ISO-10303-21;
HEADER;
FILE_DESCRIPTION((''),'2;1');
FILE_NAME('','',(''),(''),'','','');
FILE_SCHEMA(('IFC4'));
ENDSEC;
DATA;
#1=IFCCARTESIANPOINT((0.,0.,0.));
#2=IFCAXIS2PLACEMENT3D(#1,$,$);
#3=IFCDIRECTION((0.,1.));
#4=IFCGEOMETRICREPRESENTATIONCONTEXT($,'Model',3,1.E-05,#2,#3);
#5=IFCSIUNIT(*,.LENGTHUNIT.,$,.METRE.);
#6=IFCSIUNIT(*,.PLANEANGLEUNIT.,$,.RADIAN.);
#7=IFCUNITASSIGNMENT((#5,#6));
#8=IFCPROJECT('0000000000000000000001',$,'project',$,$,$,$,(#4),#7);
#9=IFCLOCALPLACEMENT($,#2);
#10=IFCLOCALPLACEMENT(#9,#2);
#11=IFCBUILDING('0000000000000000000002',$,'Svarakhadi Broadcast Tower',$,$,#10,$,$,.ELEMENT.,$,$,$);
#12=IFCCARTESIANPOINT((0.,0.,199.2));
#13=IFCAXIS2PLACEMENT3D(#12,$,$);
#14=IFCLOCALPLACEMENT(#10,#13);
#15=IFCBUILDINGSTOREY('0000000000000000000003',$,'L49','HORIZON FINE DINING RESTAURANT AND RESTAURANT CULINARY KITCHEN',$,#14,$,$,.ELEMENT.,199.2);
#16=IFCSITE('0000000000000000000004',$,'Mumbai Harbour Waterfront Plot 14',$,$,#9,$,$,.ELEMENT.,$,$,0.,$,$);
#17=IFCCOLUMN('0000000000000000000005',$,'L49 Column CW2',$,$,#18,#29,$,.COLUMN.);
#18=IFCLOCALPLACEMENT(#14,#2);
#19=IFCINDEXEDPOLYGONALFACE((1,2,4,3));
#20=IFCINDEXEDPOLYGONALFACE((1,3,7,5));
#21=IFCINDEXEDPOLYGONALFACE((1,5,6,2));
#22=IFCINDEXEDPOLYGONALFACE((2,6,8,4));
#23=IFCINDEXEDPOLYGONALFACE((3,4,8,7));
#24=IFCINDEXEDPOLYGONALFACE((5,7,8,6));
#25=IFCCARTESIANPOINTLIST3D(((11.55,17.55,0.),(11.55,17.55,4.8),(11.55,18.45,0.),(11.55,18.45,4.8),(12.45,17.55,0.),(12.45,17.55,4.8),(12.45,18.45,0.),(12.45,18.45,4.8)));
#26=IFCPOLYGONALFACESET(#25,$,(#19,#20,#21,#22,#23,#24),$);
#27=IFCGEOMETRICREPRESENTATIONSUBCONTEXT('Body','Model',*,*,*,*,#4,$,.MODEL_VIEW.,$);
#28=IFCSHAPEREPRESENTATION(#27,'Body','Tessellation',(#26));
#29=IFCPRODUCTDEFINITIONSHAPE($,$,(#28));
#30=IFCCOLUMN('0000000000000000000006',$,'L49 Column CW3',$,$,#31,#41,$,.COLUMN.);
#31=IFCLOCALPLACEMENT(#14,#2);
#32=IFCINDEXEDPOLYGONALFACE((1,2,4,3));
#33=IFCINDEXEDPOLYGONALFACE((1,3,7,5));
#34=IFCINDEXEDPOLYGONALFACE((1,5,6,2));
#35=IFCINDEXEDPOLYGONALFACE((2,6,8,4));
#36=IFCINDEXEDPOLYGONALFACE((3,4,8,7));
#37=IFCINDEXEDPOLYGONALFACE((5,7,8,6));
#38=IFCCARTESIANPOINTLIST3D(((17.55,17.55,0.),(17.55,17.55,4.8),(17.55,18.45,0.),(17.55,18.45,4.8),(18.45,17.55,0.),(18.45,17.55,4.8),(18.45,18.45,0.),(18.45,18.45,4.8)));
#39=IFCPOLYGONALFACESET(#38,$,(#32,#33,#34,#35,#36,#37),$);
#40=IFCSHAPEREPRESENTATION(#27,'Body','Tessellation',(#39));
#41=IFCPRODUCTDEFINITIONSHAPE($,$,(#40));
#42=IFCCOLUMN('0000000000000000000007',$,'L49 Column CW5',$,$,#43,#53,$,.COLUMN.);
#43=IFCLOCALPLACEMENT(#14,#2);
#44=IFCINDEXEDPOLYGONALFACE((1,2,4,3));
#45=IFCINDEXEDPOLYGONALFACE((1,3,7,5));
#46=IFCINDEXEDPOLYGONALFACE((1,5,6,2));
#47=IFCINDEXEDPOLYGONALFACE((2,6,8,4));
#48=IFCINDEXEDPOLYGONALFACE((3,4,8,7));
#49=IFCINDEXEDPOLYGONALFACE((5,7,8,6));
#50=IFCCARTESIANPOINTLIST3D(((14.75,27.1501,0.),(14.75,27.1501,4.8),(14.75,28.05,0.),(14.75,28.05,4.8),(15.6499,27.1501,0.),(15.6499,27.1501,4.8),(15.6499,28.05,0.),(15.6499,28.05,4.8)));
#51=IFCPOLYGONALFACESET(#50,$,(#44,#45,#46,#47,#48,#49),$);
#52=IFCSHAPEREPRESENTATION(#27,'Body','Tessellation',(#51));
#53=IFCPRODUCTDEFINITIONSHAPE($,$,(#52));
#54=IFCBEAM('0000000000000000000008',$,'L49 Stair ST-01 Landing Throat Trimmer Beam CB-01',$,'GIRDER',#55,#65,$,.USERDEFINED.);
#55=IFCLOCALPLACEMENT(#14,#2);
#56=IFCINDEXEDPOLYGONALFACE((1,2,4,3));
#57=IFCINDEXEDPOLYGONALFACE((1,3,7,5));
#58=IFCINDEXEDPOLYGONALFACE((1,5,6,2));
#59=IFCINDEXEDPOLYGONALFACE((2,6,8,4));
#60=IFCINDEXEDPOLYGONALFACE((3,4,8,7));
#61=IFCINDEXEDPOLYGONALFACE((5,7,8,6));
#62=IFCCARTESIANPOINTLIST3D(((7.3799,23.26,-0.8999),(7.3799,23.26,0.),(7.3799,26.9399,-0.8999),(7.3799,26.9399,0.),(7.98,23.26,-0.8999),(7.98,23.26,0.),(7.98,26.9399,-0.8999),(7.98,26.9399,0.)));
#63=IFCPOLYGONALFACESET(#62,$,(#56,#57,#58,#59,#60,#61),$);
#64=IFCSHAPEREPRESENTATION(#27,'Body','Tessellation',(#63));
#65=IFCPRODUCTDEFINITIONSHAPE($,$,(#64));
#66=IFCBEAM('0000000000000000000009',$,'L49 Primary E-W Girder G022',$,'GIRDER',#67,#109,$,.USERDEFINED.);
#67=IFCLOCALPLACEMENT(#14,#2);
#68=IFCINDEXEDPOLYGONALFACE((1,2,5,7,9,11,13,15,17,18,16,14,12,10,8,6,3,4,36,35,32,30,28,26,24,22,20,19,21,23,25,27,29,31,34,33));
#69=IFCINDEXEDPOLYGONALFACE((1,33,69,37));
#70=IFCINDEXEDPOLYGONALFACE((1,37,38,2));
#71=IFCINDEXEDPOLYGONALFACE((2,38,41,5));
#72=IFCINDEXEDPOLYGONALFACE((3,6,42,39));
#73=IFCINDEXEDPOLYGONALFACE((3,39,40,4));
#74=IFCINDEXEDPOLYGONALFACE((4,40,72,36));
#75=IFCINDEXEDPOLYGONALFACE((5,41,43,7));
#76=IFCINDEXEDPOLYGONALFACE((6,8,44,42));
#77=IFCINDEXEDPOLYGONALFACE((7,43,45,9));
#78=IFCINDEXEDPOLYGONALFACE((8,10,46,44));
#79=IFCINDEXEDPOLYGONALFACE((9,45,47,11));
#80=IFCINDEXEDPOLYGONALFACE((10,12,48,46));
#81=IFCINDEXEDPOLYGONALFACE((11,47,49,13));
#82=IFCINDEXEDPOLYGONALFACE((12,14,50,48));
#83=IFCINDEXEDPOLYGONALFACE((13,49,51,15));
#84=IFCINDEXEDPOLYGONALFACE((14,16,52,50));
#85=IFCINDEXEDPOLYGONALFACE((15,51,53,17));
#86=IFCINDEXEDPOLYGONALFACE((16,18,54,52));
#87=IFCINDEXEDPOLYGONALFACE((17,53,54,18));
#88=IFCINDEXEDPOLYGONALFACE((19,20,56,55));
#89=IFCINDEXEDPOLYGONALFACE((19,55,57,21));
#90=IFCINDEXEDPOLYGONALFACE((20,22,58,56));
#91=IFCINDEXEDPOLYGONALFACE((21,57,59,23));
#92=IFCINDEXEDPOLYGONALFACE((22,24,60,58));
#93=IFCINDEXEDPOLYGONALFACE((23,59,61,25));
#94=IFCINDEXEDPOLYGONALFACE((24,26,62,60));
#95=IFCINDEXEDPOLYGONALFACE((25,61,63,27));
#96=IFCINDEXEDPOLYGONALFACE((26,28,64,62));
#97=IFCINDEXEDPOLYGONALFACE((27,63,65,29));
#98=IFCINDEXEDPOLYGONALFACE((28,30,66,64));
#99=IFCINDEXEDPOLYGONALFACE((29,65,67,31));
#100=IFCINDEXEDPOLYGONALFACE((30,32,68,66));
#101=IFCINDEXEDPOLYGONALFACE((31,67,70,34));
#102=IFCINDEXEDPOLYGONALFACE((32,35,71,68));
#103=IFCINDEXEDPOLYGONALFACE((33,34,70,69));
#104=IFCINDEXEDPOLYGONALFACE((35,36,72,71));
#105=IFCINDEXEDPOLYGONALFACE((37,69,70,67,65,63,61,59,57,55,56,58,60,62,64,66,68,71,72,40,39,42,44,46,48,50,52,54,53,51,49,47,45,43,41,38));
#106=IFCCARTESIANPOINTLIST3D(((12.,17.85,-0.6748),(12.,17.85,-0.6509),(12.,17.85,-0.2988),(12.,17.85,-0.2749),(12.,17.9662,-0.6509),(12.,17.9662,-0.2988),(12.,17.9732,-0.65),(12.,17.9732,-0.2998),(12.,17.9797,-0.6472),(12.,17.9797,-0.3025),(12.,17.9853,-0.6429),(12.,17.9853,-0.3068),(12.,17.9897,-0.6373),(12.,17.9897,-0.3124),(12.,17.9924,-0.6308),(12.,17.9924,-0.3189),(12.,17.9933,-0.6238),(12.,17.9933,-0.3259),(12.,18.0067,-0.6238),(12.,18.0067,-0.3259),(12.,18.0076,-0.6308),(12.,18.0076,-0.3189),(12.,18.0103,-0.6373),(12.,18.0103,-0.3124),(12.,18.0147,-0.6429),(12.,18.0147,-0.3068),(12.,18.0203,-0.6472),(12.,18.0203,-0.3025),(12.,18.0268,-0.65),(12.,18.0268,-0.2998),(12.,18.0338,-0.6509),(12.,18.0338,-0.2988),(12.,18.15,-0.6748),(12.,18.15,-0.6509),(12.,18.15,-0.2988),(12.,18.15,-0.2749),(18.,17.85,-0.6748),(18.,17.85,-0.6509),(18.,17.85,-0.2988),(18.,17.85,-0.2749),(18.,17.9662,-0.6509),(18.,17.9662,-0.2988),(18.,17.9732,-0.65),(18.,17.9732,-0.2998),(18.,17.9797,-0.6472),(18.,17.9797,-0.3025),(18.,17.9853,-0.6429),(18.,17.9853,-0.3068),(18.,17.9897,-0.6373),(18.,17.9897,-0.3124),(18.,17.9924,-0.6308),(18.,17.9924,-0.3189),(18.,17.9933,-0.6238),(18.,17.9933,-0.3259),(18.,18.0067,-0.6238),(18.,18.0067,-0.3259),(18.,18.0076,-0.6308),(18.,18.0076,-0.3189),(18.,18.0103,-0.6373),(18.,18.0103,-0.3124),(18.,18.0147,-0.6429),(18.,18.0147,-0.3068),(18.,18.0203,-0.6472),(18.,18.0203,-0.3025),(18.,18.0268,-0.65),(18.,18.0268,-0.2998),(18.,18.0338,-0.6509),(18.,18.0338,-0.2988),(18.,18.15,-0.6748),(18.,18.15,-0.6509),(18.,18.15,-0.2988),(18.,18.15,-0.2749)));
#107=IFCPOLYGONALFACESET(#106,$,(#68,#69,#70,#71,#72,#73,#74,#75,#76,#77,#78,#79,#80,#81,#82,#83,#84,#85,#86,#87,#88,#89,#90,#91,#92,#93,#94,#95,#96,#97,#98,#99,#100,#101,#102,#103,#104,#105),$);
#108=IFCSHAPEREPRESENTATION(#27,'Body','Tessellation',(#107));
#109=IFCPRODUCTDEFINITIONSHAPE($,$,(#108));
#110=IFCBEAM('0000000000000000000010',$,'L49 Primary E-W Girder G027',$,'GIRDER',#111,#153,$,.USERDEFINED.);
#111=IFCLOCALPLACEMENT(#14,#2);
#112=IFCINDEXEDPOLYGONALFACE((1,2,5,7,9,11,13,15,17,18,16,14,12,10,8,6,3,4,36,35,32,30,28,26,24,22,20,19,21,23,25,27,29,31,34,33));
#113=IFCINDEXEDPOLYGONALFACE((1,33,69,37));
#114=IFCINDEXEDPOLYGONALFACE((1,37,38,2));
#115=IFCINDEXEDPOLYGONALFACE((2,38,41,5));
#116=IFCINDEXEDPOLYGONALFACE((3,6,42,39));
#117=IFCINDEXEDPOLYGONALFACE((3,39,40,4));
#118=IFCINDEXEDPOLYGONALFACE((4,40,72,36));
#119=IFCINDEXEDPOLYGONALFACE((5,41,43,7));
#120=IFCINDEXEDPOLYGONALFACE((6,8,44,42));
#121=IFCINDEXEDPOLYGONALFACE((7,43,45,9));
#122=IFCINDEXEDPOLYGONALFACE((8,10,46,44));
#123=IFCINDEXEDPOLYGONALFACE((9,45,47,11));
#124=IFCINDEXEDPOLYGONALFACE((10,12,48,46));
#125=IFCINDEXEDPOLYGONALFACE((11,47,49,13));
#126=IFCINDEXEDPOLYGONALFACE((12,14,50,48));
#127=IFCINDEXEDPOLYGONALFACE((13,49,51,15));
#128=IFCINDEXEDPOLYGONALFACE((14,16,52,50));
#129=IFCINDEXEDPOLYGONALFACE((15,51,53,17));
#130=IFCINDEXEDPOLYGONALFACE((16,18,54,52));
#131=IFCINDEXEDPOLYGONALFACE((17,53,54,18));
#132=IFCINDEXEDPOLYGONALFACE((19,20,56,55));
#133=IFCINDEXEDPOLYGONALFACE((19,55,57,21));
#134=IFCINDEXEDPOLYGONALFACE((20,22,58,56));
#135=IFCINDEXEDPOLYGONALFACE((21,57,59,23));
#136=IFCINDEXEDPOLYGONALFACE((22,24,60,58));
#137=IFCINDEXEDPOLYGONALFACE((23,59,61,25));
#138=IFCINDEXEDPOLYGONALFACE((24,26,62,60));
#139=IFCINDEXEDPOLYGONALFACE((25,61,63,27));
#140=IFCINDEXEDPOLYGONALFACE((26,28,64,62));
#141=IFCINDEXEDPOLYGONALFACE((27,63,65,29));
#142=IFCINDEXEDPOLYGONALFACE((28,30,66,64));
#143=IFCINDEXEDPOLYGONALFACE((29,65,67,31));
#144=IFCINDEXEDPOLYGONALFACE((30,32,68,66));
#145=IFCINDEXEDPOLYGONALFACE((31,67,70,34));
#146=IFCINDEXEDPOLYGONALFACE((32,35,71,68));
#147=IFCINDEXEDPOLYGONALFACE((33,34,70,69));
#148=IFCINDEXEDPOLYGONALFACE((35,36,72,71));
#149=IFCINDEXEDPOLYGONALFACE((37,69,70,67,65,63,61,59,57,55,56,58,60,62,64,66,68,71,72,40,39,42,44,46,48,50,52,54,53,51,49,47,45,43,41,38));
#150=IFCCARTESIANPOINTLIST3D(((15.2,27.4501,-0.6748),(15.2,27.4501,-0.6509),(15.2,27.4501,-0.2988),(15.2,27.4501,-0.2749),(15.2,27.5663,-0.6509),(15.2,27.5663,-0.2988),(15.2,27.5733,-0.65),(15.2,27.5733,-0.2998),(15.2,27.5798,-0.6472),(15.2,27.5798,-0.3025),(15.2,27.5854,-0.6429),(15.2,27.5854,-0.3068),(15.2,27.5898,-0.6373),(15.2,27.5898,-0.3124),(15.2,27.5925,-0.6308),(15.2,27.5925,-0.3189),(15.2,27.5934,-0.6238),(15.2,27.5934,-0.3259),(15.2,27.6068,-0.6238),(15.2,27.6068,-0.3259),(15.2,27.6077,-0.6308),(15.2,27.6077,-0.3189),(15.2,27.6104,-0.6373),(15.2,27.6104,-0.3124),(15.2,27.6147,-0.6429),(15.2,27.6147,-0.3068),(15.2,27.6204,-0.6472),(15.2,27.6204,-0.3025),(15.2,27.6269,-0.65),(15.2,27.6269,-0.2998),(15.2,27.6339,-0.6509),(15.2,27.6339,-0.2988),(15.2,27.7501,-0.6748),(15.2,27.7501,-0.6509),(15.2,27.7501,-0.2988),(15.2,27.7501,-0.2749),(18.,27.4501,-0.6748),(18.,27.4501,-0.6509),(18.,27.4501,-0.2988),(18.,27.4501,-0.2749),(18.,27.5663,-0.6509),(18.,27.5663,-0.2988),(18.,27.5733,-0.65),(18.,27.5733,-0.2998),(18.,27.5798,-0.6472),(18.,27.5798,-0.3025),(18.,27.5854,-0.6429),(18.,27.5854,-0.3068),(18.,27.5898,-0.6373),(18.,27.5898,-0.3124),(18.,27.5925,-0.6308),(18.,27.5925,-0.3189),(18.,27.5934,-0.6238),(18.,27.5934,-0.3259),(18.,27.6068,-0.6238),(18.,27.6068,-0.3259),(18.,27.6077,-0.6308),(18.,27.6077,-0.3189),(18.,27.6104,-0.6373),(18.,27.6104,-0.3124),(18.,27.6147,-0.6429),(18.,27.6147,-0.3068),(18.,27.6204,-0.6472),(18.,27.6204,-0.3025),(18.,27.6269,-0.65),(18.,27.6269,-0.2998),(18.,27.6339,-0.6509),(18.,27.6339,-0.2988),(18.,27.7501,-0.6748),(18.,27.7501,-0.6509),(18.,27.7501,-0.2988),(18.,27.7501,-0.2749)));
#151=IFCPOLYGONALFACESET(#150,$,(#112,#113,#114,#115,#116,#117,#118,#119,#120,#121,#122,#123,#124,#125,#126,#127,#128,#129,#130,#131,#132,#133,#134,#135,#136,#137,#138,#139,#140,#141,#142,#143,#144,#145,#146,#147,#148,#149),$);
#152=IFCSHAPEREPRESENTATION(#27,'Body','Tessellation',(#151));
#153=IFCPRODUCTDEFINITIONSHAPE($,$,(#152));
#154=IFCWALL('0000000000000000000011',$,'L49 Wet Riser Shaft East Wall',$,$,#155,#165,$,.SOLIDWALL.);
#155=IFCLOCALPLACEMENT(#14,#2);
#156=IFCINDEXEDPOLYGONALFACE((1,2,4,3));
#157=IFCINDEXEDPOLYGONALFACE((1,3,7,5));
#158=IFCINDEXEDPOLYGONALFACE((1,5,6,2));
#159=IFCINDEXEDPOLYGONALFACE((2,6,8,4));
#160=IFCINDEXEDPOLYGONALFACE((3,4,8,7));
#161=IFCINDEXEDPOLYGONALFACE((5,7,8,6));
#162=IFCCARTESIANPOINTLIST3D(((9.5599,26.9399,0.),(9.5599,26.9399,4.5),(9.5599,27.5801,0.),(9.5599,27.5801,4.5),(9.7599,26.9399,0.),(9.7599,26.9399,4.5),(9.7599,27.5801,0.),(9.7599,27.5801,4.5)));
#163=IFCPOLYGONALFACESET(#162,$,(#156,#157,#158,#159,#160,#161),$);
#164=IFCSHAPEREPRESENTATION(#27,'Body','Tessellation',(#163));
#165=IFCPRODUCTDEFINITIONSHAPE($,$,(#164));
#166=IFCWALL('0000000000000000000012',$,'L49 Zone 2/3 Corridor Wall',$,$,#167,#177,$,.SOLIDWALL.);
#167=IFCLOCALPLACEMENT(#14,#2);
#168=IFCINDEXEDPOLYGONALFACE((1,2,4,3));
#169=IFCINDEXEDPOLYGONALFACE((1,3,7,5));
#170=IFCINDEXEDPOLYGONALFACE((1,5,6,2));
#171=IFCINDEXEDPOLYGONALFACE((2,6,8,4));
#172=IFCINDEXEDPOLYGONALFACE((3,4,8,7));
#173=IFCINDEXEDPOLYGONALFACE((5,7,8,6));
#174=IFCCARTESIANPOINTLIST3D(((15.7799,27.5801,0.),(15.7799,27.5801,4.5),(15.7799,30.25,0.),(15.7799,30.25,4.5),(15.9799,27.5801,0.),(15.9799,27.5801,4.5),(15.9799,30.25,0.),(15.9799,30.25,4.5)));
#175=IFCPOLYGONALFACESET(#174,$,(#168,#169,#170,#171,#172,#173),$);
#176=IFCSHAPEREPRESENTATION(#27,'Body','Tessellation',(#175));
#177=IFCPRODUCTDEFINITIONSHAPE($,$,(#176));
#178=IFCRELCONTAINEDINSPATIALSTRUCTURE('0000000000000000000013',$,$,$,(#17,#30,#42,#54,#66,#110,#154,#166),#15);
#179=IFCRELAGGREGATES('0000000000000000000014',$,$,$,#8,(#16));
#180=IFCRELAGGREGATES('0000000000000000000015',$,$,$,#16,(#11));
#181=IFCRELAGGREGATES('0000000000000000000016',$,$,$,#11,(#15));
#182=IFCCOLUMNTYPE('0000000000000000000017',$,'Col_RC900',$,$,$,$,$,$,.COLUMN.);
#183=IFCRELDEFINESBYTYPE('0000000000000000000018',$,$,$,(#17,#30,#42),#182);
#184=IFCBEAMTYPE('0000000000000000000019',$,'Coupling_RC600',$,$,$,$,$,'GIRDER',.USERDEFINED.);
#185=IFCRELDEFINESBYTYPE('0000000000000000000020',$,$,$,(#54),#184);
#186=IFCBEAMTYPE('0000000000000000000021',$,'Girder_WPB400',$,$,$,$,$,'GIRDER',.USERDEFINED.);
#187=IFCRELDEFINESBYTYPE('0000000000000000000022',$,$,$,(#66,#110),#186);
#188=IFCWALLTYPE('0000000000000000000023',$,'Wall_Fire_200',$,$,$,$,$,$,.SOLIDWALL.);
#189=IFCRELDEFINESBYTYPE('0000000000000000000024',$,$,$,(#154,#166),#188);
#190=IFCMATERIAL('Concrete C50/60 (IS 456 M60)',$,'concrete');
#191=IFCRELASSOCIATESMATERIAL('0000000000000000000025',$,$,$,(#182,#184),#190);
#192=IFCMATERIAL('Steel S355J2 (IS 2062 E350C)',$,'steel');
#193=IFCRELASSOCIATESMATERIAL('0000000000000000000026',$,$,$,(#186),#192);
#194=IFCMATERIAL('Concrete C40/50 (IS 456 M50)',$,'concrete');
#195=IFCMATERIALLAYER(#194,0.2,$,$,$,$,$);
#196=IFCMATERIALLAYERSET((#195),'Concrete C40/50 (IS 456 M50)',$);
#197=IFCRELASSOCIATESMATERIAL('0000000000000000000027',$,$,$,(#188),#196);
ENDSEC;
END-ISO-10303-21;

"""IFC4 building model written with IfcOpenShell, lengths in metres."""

from ifc_helpers import new_model, si_unit, direction, frame, frame_2d, origin, origin_2d, place, context, subcontext, project, spatial, rectangle, i_section, extrude, material, layer, layer_set, material_profile, profile_set, type_object, element, save


model = new_model("IFC4")

# Units and contexts
model_context = context("Model", 3, precision=1e-05, world=origin(), true_north=direction((0.0, 1.0)))
body_context = subcontext(model_context, "Body", "Model", "MODEL_VIEW")
ifc_project = project(units=[si_unit("LENGTHUNIT", "METRE"), si_unit("PLANEANGLEUNIT", "RADIAN")], contexts=[model_context])

# Site, building, storey
site_placement = place(None, origin())
site = spatial("IfcSite", under=ifc_project, at=site_placement, Name="Mumbai Harbour Waterfront Plot 14", CompositionType="ELEMENT", RefElevation=0.0)
building_placement = place(site_placement, origin())
building = spatial("IfcBuilding", under=site, at=building_placement, Name="Svarakhadi Broadcast Tower", CompositionType="ELEMENT")
storey_placement = place(building_placement, frame((0.0, 0.0, 199.2)))
storey = spatial("IfcBuildingStorey", under=building, at=storey_placement, Name="L49", Description="HORIZON FINE DINING RESTAURANT AND RESTAURANT CULINARY KITCHEN", CompositionType="ELEMENT", Elevation=199.2)

# Columns
ifc_material_1 = material(Name="Concrete C50/60 (IS 456 M60)", Category="concrete")
ifc_material_profile_1 = material_profile(ifc_material_1, rectangle(XDim=0.8999, YDim=0.8999, at=origin_2d()), Name="RC 900x900")
ifc_profile_set_1 = profile_set([ifc_material_profile_1], Name="Concrete C50/60 (IS 456 M60)")
column_type = type_object("IfcColumnType", Name="Col_RC900", PredefinedType="COLUMN", material=ifc_profile_set_1)
for number, where, z_axis, x_axis, name in (
    (1, (12.0, 18.0, 0.0), (0.0, 0.0, 1.0), (1.0, 0.0, 0.0), "L49 Column CW2"),
    (2, (18.0, 18.0, 0.0), (0.0, 0.0, 1.0), (1.0, 0.0, 0.0), "L49 Column CW3"),
    (3, (15.2, 27.6001, 0.0), (0.0, 0.0, 1.0), (1.0, 0.0, 0.0), "L49 Column CW5"),
):
    element("IfcColumn", number, at=place(storey_placement, frame(where, z_axis=z_axis, x_axis=x_axis)), inside=storey, type_object=column_type, Name=name, PredefinedType="COLUMN", context=body_context, shape_type="SweptSolid", body=[
        extrude(rectangle(XDim=0.8999, YDim=0.8999, at=origin_2d()), origin(), (0.0, 0.0, 1.0), 4.8),
    ])

# Beams
ifc_material_profile_2 = material_profile(ifc_material_1, rectangle(XDim=0.6001, YDim=0.8999, at=origin_2d()), Name="RC 600x900")
ifc_profile_set_2 = profile_set([ifc_material_profile_2], Name="Concrete C50/60 (IS 456 M60)")
beam_type_1 = type_object("IfcBeamType", Name="Coupling_RC600", ElementType="GIRDER", PredefinedType="USERDEFINED", material=ifc_profile_set_2)
beam_1_placement = place(storey_placement, frame((7.6799, 23.26, -0.45), z_axis=(0.0, 1.0, 0.0), x_axis=(-1.0, 0.0, 0.0)))
element("IfcBeam", 4, at=beam_1_placement, inside=storey, type_object=beam_type_1, Name="L49 Stair ST-01 Landing Throat Trimmer Beam CB-01", ObjectType="GIRDER", PredefinedType="USERDEFINED", context=body_context, shape_type="SweptSolid", body=[
    extrude(rectangle(XDim=0.6001, YDim=0.8999, at=origin_2d()), origin(), (0.0, 0.0, 1.0), 3.6799),
])
ifc_material_2 = material(Name="Steel S355J2 (IS 2062 E350C)", Category="steel")
ifc_material_profile_3 = material_profile(ifc_material_2, i_section(OverallWidth=0.3, OverallDepth=0.3999, WebThickness=0.0134, FlangeThickness=0.0239, FilletRadius=0.0271, at=origin_2d()), Name="WPB 400x300x155")
ifc_profile_set_3 = profile_set([ifc_material_profile_3], Name="Steel S355J2 (IS 2062 E350C)")
beam_type_2 = type_object("IfcBeamType", Name="Girder_WPB400", ElementType="GIRDER", PredefinedType="USERDEFINED", material=ifc_profile_set_3)
beam_2_placement = place(storey_placement, frame((12.0, 18.0, -0.4749), z_axis=(1.0, 0.0, 0.0), x_axis=(0.0, 1.0, 0.0)))
element("IfcBeam", 5, at=beam_2_placement, inside=storey, type_object=beam_type_2, Name="L49 Primary E-W Girder G022", ObjectType="GIRDER", PredefinedType="USERDEFINED", context=body_context, shape_type="SweptSolid", body=[
    extrude(i_section(OverallWidth=0.3, OverallDepth=0.3999, WebThickness=0.0134, FlangeThickness=0.0239, FilletRadius=0.0271, at=origin_2d()), origin(), (0.0, 0.0, 1.0), 6.0),
])
beam_3_placement = place(storey_placement, frame((15.2, 27.6001, -0.4749), z_axis=(1.0, 0.0, 0.0), x_axis=(0.0, 1.0, 0.0)))
element("IfcBeam", 6, at=beam_3_placement, inside=storey, type_object=beam_type_2, Name="L49 Primary E-W Girder G027", ObjectType="GIRDER", PredefinedType="USERDEFINED", context=body_context, shape_type="SweptSolid", body=[
    extrude(i_section(OverallWidth=0.3, OverallDepth=0.3999, WebThickness=0.0134, FlangeThickness=0.0239, FilletRadius=0.0271, at=origin_2d()), origin(), (0.0, 0.0, 1.0), 2.8),
])

# Walls
ifc_material_3 = material(Name="Concrete C40/50 (IS 456 M50)", Category="concrete")
ifc_layer_1 = layer(ifc_material_3, 0.2)
ifc_layer_set_1 = layer_set([ifc_layer_1], Name="Concrete C40/50 (IS 456 M50)")
wall_type_1 = type_object("IfcWallType", Name="Wall_Fire_200", PredefinedType="SOLIDWALL", material=ifc_layer_set_1)
wall_1_placement = place(storey_placement, frame((9.6599, 26.9399, 0.0), z_axis=(0.0, 0.0, 1.0), x_axis=(0.0, 1.0, 0.0)))
element("IfcWall", 7, at=wall_1_placement, inside=storey, type_object=wall_type_1, Name="L49 Wet Riser Shaft East Wall", PredefinedType="SOLIDWALL", context=body_context, shape_type="SweptSolid", body=[
    extrude(rectangle(XDim=0.6401, YDim=0.2, at=frame_2d((0.3201, 0.0))), origin(), (0.0, 0.0, 1.0), 4.5),
])
wall_2_placement = place(storey_placement, frame((15.8799, 27.5801, 0.0), z_axis=(0.0, 0.0, 1.0), x_axis=(0.0, 1.0, 0.0)))
element("IfcWall", 8, at=wall_2_placement, inside=storey, type_object=wall_type_1, Name="L49 Zone 2/3 Corridor Wall", PredefinedType="SOLIDWALL", context=body_context, shape_type="SweptSolid", body=[
    extrude(rectangle(XDim=2.6699, YDim=0.2, at=frame_2d((1.335, 0.0))), origin(), (0.0, 0.0, 1.0), 4.5),
])

save(model, "model.ifc")
